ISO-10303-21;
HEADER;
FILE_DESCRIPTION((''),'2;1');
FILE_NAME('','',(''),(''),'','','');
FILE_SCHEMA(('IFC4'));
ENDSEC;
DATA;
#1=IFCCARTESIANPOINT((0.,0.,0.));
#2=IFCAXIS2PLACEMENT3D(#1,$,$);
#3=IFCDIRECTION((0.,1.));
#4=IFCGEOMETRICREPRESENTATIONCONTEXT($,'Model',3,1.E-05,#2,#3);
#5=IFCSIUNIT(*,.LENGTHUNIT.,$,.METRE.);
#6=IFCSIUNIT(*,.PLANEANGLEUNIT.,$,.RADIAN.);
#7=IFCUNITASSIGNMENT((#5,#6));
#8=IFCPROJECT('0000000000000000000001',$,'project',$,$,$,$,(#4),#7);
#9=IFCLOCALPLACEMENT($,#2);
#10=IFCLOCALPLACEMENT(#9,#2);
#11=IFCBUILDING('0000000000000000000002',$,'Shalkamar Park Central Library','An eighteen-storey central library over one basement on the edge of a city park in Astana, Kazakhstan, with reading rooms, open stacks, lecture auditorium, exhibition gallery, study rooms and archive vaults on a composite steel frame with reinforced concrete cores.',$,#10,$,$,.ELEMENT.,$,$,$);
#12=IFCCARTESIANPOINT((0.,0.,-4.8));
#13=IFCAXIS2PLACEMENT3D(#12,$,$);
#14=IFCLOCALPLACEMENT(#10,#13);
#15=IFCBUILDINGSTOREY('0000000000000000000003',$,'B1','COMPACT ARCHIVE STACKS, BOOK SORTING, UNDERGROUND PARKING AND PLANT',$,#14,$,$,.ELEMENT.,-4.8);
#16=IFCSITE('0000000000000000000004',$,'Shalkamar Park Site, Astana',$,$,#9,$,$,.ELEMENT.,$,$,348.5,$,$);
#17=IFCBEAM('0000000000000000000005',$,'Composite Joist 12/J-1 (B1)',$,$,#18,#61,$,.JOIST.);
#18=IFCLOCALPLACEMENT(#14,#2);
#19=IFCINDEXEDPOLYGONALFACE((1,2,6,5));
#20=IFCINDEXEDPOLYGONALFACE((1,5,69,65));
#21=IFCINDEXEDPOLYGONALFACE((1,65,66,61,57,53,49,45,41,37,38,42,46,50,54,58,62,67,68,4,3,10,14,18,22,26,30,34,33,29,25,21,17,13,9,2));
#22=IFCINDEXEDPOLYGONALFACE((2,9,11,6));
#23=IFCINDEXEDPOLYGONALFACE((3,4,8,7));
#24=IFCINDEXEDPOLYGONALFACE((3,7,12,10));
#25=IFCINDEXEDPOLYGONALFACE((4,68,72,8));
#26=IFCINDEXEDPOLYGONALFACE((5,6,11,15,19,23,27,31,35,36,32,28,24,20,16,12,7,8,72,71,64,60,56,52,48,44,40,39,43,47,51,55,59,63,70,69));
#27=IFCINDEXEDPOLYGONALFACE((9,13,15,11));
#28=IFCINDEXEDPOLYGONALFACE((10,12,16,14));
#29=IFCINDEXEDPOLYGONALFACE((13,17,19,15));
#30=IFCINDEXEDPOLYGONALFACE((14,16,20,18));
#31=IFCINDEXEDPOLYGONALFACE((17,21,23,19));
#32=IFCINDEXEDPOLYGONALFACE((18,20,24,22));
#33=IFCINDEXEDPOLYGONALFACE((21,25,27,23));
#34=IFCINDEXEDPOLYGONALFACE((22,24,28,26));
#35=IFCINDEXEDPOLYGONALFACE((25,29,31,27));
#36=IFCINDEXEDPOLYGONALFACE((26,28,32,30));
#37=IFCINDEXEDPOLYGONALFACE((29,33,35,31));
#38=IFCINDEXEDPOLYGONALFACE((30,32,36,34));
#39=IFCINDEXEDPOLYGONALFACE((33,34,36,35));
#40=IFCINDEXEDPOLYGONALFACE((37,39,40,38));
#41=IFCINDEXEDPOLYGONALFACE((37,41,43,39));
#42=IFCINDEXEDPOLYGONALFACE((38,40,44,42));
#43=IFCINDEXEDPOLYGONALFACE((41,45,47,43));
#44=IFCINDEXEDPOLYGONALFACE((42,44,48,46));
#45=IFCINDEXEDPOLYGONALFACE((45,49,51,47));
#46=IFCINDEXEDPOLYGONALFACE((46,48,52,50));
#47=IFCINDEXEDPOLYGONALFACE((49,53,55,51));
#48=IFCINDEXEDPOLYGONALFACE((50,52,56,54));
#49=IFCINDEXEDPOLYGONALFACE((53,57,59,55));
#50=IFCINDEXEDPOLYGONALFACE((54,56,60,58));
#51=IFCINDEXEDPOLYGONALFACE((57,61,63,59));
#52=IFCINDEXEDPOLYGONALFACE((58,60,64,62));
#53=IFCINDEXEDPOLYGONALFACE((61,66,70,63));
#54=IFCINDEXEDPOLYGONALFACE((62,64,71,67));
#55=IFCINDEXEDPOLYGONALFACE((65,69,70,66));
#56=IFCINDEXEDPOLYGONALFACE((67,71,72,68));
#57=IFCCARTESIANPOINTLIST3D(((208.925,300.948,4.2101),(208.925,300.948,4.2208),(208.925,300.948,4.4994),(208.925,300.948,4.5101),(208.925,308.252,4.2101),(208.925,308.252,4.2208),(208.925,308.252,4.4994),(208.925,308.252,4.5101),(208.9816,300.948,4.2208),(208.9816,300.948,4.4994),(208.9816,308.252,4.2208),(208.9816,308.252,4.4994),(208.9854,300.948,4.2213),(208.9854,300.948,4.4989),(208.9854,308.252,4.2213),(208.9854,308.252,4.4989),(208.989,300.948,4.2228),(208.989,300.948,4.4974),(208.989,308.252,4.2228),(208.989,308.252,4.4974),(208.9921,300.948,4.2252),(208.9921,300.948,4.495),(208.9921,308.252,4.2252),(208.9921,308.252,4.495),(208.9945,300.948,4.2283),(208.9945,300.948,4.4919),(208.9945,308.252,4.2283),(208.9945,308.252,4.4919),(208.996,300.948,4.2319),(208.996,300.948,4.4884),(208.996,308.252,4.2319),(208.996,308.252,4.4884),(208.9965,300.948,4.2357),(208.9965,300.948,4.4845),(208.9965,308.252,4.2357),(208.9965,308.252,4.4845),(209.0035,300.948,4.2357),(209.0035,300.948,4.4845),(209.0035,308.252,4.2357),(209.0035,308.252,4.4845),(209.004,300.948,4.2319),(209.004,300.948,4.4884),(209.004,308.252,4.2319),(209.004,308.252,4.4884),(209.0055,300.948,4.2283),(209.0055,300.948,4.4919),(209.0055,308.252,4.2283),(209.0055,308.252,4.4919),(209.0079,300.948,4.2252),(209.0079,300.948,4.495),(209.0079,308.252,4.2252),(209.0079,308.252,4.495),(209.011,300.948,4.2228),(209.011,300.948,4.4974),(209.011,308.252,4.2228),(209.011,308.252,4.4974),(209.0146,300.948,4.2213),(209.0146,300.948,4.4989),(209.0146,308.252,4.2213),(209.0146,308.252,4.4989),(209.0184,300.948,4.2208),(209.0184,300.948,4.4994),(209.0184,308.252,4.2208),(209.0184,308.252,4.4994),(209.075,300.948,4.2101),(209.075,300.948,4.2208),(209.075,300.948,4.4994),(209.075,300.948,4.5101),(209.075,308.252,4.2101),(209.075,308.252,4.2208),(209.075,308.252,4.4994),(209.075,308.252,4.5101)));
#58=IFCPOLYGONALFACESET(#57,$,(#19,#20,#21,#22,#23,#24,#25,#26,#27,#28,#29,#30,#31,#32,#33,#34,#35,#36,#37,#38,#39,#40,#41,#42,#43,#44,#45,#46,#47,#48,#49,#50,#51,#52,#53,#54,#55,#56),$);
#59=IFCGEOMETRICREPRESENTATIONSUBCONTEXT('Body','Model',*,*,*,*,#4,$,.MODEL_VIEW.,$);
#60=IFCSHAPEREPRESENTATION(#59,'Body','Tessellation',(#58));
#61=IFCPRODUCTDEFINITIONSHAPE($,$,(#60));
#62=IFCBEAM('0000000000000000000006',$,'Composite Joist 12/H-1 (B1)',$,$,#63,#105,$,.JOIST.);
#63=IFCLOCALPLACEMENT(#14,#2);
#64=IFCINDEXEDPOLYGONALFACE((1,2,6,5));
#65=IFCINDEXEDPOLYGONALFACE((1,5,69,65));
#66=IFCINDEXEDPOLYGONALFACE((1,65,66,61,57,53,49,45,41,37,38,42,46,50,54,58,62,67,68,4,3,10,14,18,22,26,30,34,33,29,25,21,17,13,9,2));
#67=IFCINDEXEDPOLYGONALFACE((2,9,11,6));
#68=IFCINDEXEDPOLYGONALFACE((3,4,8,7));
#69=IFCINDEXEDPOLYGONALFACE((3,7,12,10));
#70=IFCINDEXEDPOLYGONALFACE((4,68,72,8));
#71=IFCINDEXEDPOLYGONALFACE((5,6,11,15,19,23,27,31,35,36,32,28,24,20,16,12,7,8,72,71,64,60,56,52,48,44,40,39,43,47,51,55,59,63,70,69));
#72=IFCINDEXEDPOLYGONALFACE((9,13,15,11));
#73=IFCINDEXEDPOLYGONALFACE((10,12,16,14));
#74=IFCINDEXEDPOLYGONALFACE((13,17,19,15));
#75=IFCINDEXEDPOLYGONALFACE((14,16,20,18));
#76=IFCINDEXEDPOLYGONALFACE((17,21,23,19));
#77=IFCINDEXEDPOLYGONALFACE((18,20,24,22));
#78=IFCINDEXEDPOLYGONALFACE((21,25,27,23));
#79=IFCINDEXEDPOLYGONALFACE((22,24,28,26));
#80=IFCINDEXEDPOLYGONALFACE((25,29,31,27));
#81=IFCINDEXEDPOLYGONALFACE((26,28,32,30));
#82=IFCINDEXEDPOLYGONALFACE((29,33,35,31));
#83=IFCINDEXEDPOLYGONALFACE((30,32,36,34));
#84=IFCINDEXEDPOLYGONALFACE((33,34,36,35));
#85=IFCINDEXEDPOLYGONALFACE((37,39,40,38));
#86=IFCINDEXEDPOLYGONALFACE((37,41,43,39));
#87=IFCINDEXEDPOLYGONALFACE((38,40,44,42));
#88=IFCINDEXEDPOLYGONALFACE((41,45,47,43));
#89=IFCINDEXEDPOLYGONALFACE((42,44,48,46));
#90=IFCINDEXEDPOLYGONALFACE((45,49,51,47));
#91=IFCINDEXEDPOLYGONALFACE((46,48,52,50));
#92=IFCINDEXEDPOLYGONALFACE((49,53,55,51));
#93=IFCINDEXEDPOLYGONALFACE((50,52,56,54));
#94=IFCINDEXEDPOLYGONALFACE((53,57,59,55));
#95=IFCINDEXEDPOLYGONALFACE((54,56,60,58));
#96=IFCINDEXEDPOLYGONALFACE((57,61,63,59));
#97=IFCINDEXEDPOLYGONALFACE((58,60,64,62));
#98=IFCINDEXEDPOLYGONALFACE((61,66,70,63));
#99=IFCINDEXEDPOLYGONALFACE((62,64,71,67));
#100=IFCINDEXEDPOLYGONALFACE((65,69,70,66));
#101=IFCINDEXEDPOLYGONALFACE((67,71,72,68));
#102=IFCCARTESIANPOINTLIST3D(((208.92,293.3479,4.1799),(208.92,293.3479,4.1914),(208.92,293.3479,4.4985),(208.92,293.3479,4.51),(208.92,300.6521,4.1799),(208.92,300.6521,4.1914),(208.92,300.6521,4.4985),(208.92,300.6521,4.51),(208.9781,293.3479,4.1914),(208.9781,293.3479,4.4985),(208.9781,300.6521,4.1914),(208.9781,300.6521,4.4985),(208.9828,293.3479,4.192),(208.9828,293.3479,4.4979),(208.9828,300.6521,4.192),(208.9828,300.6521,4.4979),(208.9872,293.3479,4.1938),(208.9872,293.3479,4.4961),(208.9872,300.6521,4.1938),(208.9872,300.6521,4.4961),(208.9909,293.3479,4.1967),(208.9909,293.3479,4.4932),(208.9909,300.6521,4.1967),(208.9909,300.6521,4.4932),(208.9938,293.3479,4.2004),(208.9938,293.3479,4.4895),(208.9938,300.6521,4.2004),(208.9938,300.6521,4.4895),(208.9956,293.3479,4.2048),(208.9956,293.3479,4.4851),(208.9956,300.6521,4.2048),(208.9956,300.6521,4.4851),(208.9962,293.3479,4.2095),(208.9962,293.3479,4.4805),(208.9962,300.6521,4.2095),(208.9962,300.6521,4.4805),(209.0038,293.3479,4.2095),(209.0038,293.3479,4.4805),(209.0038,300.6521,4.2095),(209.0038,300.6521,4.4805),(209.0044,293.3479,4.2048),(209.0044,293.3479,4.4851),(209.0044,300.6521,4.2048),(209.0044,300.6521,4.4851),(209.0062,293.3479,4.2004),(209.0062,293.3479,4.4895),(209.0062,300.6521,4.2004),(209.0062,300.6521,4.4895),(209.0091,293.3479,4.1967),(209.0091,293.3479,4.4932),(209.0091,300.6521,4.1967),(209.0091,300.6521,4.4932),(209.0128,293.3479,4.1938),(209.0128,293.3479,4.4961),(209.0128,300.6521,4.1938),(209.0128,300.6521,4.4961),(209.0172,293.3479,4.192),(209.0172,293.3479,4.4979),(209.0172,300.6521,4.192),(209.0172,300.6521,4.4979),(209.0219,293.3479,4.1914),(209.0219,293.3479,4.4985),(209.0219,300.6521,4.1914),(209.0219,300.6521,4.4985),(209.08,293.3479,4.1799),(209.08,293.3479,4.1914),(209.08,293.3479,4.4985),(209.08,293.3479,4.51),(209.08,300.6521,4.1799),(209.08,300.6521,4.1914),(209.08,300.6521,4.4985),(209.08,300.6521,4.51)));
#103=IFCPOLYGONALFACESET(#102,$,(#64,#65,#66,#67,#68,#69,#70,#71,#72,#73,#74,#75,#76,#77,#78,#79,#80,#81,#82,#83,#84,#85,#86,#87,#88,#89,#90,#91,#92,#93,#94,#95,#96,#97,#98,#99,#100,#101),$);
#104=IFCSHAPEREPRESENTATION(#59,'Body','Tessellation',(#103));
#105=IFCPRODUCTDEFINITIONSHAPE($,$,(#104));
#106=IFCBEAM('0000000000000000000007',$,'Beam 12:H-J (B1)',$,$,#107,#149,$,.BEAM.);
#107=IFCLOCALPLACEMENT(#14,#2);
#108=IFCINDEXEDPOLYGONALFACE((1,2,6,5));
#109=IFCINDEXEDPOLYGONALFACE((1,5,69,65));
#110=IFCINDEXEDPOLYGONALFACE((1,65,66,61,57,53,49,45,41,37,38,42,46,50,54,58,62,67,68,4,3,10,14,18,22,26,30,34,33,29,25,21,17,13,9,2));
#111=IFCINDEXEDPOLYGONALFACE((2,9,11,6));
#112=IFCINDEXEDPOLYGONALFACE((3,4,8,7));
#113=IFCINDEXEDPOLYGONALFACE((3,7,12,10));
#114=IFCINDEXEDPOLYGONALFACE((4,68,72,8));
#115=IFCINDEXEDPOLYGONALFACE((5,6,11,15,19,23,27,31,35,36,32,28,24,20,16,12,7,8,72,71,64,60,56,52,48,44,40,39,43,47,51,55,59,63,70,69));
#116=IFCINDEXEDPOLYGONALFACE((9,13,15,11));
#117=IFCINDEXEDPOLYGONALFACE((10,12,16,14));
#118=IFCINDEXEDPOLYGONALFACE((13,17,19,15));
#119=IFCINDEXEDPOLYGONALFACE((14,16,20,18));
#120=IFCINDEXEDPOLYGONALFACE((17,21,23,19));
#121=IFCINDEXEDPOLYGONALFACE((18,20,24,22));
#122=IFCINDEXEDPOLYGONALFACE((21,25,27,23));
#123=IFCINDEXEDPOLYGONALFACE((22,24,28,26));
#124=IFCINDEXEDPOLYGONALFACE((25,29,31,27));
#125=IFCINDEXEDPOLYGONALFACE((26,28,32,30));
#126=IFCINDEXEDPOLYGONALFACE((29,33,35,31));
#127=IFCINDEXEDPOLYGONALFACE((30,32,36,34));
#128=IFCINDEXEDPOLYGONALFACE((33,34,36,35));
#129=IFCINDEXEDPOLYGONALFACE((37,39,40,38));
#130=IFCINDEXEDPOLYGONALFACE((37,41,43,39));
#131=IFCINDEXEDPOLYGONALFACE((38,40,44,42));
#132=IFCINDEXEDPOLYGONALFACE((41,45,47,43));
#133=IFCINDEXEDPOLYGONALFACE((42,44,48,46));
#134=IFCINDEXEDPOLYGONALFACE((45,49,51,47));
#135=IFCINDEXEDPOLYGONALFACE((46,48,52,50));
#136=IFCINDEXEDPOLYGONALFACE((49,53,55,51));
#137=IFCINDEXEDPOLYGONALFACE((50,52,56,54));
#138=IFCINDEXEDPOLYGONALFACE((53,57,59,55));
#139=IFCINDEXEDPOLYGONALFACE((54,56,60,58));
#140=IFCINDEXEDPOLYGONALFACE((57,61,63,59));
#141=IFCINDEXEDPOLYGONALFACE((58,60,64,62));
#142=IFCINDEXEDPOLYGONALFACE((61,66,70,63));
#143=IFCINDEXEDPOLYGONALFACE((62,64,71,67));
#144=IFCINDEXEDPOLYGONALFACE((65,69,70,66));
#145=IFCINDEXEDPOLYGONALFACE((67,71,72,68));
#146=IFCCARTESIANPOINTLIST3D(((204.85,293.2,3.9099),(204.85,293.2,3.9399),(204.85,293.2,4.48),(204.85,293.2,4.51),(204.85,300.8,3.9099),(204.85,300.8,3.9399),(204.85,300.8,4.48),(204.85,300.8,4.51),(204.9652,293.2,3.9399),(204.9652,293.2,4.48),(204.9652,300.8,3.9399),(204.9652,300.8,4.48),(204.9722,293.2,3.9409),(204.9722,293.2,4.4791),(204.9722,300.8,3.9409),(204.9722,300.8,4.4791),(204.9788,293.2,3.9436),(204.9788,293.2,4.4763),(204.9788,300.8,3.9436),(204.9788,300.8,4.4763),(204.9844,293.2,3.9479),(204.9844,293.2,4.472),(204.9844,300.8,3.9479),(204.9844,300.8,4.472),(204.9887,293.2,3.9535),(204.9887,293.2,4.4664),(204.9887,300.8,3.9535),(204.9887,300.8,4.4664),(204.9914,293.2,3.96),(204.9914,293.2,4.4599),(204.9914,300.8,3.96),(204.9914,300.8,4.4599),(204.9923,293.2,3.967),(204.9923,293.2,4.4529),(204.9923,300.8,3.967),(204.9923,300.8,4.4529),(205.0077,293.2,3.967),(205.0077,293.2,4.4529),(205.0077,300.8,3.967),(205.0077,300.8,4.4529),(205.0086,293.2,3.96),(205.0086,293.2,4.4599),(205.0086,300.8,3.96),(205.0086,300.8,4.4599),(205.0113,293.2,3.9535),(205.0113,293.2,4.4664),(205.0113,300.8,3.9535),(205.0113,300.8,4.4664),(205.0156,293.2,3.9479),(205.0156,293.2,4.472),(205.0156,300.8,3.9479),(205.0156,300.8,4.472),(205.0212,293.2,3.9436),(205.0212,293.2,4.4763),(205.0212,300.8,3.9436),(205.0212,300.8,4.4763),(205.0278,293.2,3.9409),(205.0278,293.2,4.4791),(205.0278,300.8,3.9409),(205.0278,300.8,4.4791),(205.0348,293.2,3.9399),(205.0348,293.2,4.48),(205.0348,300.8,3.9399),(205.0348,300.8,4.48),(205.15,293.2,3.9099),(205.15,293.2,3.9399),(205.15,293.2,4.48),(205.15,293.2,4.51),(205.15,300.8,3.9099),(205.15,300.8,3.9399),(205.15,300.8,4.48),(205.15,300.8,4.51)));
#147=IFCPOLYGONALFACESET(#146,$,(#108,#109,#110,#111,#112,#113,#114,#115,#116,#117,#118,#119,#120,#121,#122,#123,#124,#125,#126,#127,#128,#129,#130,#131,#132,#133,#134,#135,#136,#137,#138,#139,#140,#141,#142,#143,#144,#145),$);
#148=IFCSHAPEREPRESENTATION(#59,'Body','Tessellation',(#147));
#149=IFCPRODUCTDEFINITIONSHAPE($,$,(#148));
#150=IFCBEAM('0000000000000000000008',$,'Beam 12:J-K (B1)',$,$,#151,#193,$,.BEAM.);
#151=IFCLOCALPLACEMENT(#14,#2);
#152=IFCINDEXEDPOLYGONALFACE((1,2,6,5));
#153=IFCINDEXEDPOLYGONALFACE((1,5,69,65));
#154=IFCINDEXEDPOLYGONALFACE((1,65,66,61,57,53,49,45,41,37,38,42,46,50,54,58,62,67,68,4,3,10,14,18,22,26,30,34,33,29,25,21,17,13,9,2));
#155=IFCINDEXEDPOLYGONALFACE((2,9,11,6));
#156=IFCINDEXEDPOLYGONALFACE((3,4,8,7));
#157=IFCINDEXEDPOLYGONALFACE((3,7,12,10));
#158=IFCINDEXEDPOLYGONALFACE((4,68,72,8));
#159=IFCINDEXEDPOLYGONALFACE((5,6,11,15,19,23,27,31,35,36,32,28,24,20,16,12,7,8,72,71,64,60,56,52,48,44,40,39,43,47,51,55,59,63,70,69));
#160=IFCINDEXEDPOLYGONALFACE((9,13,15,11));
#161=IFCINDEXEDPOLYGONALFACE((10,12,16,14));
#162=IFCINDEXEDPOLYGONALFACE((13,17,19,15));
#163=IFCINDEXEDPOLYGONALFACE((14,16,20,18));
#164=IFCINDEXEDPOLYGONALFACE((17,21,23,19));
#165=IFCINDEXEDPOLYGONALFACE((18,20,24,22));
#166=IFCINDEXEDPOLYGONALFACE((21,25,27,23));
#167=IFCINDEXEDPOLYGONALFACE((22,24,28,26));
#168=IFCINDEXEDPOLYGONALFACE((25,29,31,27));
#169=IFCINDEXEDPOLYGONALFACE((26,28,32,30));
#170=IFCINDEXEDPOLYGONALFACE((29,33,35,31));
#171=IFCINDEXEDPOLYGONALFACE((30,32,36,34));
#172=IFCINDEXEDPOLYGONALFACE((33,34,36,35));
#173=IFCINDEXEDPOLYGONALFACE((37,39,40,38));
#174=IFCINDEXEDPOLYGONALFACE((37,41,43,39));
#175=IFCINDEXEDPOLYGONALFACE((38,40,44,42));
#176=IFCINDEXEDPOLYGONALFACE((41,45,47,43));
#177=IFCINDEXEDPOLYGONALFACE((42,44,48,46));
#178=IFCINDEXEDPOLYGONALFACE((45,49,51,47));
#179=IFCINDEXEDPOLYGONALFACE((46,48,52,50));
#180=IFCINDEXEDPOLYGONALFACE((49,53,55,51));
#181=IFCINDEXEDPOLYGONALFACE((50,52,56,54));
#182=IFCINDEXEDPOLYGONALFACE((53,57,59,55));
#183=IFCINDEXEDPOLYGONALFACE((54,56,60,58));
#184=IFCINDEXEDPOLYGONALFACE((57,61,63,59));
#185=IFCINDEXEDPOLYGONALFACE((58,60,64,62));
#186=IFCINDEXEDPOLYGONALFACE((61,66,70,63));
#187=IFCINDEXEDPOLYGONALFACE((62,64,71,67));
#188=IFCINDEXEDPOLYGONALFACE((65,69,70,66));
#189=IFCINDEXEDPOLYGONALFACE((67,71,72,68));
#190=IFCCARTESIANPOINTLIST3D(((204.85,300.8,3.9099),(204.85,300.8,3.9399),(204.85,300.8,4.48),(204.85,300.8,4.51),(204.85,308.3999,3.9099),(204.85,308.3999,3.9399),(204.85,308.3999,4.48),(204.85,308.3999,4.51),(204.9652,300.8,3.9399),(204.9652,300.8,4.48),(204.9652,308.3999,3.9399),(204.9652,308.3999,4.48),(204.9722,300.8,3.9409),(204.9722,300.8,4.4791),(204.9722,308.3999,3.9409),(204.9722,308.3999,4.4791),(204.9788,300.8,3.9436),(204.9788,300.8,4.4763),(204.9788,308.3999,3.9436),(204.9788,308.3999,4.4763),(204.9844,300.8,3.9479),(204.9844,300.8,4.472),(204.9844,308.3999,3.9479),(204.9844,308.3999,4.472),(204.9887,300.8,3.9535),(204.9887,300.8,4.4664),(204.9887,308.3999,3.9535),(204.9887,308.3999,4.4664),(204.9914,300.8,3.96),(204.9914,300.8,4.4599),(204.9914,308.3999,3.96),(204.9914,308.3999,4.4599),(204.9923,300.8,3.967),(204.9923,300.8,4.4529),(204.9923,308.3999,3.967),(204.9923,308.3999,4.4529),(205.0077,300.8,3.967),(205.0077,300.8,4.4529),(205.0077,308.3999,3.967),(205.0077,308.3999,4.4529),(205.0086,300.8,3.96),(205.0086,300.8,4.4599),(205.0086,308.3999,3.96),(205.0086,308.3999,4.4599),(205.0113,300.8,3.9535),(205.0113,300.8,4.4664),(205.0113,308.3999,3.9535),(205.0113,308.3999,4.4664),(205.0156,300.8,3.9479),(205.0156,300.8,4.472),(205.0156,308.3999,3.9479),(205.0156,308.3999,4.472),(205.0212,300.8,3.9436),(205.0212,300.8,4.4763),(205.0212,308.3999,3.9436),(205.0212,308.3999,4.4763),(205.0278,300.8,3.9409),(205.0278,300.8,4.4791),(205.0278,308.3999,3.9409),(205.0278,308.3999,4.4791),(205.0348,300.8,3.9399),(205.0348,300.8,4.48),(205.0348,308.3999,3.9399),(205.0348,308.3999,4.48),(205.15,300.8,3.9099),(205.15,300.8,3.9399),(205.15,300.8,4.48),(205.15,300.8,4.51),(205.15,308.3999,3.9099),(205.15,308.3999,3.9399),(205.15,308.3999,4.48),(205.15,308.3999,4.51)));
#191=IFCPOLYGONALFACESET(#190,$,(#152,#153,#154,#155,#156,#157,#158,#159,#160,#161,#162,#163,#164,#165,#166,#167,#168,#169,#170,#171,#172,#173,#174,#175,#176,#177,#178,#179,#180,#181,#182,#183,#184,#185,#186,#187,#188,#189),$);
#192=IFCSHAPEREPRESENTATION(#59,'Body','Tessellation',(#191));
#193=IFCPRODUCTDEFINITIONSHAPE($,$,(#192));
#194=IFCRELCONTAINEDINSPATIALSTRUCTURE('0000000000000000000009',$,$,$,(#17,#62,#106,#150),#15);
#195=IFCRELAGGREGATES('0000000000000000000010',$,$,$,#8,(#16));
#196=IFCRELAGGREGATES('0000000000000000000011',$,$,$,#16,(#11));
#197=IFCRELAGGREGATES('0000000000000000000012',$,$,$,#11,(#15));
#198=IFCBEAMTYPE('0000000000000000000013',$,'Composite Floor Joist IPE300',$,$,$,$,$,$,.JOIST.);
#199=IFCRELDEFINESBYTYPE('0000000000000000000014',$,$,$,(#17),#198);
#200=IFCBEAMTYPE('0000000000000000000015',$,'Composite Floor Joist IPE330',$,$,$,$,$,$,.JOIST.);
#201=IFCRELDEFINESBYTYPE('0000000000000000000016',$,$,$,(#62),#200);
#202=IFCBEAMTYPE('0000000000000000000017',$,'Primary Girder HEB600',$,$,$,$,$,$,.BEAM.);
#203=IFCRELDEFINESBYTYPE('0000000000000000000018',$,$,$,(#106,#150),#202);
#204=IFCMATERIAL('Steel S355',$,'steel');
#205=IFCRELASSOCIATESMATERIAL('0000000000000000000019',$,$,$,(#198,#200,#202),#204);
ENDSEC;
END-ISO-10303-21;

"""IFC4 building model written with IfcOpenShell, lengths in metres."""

from ifc_helpers import new_model, si_unit, direction, frame, origin, origin_2d, place, context, subcontext, project, spatial, i_section, extrude, material, material_profile, profile_set, type_object, element, save


model = new_model("IFC4")

# Units and contexts
model_context = context("Model", 3, precision=1e-05, world=origin(), true_north=direction((0.0, 1.0)))
body_context = subcontext(model_context, "Body", "Model", "MODEL_VIEW")
ifc_project = project(units=[si_unit("LENGTHUNIT", "METRE"), si_unit("PLANEANGLEUNIT", "RADIAN")], contexts=[model_context])

# Site, building, storey
site_placement = place(None, origin())
site = spatial("IfcSite", under=ifc_project, at=site_placement, Name="Shalkamar Park Site, Astana", CompositionType="ELEMENT", RefElevation=348.5)
building_placement = place(site_placement, origin())
building = spatial("IfcBuilding", under=site, at=building_placement, Name="Shalkamar Park Central Library", Description="An eighteen-storey central library over one basement on the edge of a city park in Astana, Kazakhstan, with reading rooms, open stacks, lecture auditorium, exhibition gallery, study rooms and archive vaults on a composite steel frame with reinforced concrete cores.", CompositionType="ELEMENT")
storey_placement = place(building_placement, frame((0.0, 0.0, -4.8)))
storey = spatial("IfcBuildingStorey", under=building, at=storey_placement, Name="B1", Description="COMPACT ARCHIVE STACKS, BOOK SORTING, UNDERGROUND PARKING AND PLANT", CompositionType="ELEMENT", Elevation=-4.8)

# Shared definitions
ifc_material_1 = material(Name="Steel S355", Category="steel")

# Beams
ifc_material_profile_1 = material_profile(ifc_material_1, i_section(OverallWidth=0.1499, OverallDepth=0.3, WebThickness=0.0071, FlangeThickness=0.0107, FilletRadius=0.0149, at=origin_2d()), Name="IPE 300")
ifc_profile_set_1 = profile_set([ifc_material_profile_1], Name="Steel S355")
beam_type_1 = type_object("IfcBeamType", Name="Composite Floor Joist IPE300", PredefinedType="JOIST", material=ifc_profile_set_1)
beam_1_placement = place(storey_placement, frame((209.0, 300.948, 4.3601), z_axis=(0.0, 1.0, 0.0), x_axis=(-1.0, 0.0, 0.0)))
element("IfcBeam", 1, at=beam_1_placement, inside=storey, type_object=beam_type_1, Name="Composite Joist 12/J-1 (B1)", PredefinedType="JOIST", context=body_context, shape_type="SweptSolid", body=[
    extrude(i_section(OverallWidth=0.1499, OverallDepth=0.3, WebThickness=0.0071, FlangeThickness=0.0107, FilletRadius=0.0149, at=origin_2d()), origin(), (0.0, 0.0, 1.0), 7.304),
])
ifc_material_profile_2 = material_profile(ifc_material_1, i_section(OverallWidth=0.1599, OverallDepth=0.3301, WebThickness=0.0076, FlangeThickness=0.0115, FilletRadius=0.0181, at=origin_2d()), Name="IPE 330")
ifc_profile_set_2 = profile_set([ifc_material_profile_2], Name="Steel S355")
beam_type_2 = type_object("IfcBeamType", Name="Composite Floor Joist IPE330", PredefinedType="JOIST", material=ifc_profile_set_2)
beam_2_placement = place(storey_placement, frame((209.0, 293.3479, 4.345), z_axis=(0.0, 1.0, 0.0), x_axis=(-1.0, 0.0, 0.0)))
element("IfcBeam", 2, at=beam_2_placement, inside=storey, type_object=beam_type_2, Name="Composite Joist 12/H-1 (B1)", PredefinedType="JOIST", context=body_context, shape_type="SweptSolid", body=[
    extrude(i_section(OverallWidth=0.1599, OverallDepth=0.3301, WebThickness=0.0076, FlangeThickness=0.0115, FilletRadius=0.0181, at=origin_2d()), origin(), (0.0, 0.0, 1.0), 7.3042),
])
ifc_material_profile_3 = material_profile(ifc_material_1, i_section(OverallWidth=0.3, OverallDepth=0.6001, WebThickness=0.0154, FlangeThickness=0.03, FilletRadius=0.0271, at=origin_2d()), Name="HEB 600")
ifc_profile_set_3 = profile_set([ifc_material_profile_3], Name="Steel S355")
beam_type_3 = type_object("IfcBeamType", Name="Primary Girder HEB600", PredefinedType="BEAM", material=ifc_profile_set_3)
beam_3_placement = place(storey_placement, frame((205.0, 293.2, 4.21), z_axis=(0.0, 1.0, 0.0), x_axis=(-1.0, 0.0, 0.0)))
element("IfcBeam", 3, at=beam_3_placement, inside=storey, type_object=beam_type_3, Name="Beam 12:H-J (B1)", PredefinedType="BEAM", context=body_context, shape_type="SweptSolid", body=[
    extrude(i_section(OverallWidth=0.3, OverallDepth=0.6001, WebThickness=0.0154, FlangeThickness=0.03, FilletRadius=0.0271, at=origin_2d()), origin(), (0.0, 0.0, 1.0), 7.6001),
])
beam_4_placement = place(storey_placement, frame((205.0, 300.8, 4.21), z_axis=(0.0, 1.0, 0.0), x_axis=(-1.0, 0.0, 0.0)))
element("IfcBeam", 4, at=beam_4_placement, inside=storey, type_object=beam_type_3, Name="Beam 12:J-K (B1)", PredefinedType="BEAM", context=body_context, shape_type="SweptSolid", body=[
    extrude(i_section(OverallWidth=0.3, OverallDepth=0.6001, WebThickness=0.0154, FlangeThickness=0.03, FilletRadius=0.0271, at=origin_2d()), origin(), (0.0, 0.0, 1.0), 7.5999),
])

save(model, "model.ifc")
